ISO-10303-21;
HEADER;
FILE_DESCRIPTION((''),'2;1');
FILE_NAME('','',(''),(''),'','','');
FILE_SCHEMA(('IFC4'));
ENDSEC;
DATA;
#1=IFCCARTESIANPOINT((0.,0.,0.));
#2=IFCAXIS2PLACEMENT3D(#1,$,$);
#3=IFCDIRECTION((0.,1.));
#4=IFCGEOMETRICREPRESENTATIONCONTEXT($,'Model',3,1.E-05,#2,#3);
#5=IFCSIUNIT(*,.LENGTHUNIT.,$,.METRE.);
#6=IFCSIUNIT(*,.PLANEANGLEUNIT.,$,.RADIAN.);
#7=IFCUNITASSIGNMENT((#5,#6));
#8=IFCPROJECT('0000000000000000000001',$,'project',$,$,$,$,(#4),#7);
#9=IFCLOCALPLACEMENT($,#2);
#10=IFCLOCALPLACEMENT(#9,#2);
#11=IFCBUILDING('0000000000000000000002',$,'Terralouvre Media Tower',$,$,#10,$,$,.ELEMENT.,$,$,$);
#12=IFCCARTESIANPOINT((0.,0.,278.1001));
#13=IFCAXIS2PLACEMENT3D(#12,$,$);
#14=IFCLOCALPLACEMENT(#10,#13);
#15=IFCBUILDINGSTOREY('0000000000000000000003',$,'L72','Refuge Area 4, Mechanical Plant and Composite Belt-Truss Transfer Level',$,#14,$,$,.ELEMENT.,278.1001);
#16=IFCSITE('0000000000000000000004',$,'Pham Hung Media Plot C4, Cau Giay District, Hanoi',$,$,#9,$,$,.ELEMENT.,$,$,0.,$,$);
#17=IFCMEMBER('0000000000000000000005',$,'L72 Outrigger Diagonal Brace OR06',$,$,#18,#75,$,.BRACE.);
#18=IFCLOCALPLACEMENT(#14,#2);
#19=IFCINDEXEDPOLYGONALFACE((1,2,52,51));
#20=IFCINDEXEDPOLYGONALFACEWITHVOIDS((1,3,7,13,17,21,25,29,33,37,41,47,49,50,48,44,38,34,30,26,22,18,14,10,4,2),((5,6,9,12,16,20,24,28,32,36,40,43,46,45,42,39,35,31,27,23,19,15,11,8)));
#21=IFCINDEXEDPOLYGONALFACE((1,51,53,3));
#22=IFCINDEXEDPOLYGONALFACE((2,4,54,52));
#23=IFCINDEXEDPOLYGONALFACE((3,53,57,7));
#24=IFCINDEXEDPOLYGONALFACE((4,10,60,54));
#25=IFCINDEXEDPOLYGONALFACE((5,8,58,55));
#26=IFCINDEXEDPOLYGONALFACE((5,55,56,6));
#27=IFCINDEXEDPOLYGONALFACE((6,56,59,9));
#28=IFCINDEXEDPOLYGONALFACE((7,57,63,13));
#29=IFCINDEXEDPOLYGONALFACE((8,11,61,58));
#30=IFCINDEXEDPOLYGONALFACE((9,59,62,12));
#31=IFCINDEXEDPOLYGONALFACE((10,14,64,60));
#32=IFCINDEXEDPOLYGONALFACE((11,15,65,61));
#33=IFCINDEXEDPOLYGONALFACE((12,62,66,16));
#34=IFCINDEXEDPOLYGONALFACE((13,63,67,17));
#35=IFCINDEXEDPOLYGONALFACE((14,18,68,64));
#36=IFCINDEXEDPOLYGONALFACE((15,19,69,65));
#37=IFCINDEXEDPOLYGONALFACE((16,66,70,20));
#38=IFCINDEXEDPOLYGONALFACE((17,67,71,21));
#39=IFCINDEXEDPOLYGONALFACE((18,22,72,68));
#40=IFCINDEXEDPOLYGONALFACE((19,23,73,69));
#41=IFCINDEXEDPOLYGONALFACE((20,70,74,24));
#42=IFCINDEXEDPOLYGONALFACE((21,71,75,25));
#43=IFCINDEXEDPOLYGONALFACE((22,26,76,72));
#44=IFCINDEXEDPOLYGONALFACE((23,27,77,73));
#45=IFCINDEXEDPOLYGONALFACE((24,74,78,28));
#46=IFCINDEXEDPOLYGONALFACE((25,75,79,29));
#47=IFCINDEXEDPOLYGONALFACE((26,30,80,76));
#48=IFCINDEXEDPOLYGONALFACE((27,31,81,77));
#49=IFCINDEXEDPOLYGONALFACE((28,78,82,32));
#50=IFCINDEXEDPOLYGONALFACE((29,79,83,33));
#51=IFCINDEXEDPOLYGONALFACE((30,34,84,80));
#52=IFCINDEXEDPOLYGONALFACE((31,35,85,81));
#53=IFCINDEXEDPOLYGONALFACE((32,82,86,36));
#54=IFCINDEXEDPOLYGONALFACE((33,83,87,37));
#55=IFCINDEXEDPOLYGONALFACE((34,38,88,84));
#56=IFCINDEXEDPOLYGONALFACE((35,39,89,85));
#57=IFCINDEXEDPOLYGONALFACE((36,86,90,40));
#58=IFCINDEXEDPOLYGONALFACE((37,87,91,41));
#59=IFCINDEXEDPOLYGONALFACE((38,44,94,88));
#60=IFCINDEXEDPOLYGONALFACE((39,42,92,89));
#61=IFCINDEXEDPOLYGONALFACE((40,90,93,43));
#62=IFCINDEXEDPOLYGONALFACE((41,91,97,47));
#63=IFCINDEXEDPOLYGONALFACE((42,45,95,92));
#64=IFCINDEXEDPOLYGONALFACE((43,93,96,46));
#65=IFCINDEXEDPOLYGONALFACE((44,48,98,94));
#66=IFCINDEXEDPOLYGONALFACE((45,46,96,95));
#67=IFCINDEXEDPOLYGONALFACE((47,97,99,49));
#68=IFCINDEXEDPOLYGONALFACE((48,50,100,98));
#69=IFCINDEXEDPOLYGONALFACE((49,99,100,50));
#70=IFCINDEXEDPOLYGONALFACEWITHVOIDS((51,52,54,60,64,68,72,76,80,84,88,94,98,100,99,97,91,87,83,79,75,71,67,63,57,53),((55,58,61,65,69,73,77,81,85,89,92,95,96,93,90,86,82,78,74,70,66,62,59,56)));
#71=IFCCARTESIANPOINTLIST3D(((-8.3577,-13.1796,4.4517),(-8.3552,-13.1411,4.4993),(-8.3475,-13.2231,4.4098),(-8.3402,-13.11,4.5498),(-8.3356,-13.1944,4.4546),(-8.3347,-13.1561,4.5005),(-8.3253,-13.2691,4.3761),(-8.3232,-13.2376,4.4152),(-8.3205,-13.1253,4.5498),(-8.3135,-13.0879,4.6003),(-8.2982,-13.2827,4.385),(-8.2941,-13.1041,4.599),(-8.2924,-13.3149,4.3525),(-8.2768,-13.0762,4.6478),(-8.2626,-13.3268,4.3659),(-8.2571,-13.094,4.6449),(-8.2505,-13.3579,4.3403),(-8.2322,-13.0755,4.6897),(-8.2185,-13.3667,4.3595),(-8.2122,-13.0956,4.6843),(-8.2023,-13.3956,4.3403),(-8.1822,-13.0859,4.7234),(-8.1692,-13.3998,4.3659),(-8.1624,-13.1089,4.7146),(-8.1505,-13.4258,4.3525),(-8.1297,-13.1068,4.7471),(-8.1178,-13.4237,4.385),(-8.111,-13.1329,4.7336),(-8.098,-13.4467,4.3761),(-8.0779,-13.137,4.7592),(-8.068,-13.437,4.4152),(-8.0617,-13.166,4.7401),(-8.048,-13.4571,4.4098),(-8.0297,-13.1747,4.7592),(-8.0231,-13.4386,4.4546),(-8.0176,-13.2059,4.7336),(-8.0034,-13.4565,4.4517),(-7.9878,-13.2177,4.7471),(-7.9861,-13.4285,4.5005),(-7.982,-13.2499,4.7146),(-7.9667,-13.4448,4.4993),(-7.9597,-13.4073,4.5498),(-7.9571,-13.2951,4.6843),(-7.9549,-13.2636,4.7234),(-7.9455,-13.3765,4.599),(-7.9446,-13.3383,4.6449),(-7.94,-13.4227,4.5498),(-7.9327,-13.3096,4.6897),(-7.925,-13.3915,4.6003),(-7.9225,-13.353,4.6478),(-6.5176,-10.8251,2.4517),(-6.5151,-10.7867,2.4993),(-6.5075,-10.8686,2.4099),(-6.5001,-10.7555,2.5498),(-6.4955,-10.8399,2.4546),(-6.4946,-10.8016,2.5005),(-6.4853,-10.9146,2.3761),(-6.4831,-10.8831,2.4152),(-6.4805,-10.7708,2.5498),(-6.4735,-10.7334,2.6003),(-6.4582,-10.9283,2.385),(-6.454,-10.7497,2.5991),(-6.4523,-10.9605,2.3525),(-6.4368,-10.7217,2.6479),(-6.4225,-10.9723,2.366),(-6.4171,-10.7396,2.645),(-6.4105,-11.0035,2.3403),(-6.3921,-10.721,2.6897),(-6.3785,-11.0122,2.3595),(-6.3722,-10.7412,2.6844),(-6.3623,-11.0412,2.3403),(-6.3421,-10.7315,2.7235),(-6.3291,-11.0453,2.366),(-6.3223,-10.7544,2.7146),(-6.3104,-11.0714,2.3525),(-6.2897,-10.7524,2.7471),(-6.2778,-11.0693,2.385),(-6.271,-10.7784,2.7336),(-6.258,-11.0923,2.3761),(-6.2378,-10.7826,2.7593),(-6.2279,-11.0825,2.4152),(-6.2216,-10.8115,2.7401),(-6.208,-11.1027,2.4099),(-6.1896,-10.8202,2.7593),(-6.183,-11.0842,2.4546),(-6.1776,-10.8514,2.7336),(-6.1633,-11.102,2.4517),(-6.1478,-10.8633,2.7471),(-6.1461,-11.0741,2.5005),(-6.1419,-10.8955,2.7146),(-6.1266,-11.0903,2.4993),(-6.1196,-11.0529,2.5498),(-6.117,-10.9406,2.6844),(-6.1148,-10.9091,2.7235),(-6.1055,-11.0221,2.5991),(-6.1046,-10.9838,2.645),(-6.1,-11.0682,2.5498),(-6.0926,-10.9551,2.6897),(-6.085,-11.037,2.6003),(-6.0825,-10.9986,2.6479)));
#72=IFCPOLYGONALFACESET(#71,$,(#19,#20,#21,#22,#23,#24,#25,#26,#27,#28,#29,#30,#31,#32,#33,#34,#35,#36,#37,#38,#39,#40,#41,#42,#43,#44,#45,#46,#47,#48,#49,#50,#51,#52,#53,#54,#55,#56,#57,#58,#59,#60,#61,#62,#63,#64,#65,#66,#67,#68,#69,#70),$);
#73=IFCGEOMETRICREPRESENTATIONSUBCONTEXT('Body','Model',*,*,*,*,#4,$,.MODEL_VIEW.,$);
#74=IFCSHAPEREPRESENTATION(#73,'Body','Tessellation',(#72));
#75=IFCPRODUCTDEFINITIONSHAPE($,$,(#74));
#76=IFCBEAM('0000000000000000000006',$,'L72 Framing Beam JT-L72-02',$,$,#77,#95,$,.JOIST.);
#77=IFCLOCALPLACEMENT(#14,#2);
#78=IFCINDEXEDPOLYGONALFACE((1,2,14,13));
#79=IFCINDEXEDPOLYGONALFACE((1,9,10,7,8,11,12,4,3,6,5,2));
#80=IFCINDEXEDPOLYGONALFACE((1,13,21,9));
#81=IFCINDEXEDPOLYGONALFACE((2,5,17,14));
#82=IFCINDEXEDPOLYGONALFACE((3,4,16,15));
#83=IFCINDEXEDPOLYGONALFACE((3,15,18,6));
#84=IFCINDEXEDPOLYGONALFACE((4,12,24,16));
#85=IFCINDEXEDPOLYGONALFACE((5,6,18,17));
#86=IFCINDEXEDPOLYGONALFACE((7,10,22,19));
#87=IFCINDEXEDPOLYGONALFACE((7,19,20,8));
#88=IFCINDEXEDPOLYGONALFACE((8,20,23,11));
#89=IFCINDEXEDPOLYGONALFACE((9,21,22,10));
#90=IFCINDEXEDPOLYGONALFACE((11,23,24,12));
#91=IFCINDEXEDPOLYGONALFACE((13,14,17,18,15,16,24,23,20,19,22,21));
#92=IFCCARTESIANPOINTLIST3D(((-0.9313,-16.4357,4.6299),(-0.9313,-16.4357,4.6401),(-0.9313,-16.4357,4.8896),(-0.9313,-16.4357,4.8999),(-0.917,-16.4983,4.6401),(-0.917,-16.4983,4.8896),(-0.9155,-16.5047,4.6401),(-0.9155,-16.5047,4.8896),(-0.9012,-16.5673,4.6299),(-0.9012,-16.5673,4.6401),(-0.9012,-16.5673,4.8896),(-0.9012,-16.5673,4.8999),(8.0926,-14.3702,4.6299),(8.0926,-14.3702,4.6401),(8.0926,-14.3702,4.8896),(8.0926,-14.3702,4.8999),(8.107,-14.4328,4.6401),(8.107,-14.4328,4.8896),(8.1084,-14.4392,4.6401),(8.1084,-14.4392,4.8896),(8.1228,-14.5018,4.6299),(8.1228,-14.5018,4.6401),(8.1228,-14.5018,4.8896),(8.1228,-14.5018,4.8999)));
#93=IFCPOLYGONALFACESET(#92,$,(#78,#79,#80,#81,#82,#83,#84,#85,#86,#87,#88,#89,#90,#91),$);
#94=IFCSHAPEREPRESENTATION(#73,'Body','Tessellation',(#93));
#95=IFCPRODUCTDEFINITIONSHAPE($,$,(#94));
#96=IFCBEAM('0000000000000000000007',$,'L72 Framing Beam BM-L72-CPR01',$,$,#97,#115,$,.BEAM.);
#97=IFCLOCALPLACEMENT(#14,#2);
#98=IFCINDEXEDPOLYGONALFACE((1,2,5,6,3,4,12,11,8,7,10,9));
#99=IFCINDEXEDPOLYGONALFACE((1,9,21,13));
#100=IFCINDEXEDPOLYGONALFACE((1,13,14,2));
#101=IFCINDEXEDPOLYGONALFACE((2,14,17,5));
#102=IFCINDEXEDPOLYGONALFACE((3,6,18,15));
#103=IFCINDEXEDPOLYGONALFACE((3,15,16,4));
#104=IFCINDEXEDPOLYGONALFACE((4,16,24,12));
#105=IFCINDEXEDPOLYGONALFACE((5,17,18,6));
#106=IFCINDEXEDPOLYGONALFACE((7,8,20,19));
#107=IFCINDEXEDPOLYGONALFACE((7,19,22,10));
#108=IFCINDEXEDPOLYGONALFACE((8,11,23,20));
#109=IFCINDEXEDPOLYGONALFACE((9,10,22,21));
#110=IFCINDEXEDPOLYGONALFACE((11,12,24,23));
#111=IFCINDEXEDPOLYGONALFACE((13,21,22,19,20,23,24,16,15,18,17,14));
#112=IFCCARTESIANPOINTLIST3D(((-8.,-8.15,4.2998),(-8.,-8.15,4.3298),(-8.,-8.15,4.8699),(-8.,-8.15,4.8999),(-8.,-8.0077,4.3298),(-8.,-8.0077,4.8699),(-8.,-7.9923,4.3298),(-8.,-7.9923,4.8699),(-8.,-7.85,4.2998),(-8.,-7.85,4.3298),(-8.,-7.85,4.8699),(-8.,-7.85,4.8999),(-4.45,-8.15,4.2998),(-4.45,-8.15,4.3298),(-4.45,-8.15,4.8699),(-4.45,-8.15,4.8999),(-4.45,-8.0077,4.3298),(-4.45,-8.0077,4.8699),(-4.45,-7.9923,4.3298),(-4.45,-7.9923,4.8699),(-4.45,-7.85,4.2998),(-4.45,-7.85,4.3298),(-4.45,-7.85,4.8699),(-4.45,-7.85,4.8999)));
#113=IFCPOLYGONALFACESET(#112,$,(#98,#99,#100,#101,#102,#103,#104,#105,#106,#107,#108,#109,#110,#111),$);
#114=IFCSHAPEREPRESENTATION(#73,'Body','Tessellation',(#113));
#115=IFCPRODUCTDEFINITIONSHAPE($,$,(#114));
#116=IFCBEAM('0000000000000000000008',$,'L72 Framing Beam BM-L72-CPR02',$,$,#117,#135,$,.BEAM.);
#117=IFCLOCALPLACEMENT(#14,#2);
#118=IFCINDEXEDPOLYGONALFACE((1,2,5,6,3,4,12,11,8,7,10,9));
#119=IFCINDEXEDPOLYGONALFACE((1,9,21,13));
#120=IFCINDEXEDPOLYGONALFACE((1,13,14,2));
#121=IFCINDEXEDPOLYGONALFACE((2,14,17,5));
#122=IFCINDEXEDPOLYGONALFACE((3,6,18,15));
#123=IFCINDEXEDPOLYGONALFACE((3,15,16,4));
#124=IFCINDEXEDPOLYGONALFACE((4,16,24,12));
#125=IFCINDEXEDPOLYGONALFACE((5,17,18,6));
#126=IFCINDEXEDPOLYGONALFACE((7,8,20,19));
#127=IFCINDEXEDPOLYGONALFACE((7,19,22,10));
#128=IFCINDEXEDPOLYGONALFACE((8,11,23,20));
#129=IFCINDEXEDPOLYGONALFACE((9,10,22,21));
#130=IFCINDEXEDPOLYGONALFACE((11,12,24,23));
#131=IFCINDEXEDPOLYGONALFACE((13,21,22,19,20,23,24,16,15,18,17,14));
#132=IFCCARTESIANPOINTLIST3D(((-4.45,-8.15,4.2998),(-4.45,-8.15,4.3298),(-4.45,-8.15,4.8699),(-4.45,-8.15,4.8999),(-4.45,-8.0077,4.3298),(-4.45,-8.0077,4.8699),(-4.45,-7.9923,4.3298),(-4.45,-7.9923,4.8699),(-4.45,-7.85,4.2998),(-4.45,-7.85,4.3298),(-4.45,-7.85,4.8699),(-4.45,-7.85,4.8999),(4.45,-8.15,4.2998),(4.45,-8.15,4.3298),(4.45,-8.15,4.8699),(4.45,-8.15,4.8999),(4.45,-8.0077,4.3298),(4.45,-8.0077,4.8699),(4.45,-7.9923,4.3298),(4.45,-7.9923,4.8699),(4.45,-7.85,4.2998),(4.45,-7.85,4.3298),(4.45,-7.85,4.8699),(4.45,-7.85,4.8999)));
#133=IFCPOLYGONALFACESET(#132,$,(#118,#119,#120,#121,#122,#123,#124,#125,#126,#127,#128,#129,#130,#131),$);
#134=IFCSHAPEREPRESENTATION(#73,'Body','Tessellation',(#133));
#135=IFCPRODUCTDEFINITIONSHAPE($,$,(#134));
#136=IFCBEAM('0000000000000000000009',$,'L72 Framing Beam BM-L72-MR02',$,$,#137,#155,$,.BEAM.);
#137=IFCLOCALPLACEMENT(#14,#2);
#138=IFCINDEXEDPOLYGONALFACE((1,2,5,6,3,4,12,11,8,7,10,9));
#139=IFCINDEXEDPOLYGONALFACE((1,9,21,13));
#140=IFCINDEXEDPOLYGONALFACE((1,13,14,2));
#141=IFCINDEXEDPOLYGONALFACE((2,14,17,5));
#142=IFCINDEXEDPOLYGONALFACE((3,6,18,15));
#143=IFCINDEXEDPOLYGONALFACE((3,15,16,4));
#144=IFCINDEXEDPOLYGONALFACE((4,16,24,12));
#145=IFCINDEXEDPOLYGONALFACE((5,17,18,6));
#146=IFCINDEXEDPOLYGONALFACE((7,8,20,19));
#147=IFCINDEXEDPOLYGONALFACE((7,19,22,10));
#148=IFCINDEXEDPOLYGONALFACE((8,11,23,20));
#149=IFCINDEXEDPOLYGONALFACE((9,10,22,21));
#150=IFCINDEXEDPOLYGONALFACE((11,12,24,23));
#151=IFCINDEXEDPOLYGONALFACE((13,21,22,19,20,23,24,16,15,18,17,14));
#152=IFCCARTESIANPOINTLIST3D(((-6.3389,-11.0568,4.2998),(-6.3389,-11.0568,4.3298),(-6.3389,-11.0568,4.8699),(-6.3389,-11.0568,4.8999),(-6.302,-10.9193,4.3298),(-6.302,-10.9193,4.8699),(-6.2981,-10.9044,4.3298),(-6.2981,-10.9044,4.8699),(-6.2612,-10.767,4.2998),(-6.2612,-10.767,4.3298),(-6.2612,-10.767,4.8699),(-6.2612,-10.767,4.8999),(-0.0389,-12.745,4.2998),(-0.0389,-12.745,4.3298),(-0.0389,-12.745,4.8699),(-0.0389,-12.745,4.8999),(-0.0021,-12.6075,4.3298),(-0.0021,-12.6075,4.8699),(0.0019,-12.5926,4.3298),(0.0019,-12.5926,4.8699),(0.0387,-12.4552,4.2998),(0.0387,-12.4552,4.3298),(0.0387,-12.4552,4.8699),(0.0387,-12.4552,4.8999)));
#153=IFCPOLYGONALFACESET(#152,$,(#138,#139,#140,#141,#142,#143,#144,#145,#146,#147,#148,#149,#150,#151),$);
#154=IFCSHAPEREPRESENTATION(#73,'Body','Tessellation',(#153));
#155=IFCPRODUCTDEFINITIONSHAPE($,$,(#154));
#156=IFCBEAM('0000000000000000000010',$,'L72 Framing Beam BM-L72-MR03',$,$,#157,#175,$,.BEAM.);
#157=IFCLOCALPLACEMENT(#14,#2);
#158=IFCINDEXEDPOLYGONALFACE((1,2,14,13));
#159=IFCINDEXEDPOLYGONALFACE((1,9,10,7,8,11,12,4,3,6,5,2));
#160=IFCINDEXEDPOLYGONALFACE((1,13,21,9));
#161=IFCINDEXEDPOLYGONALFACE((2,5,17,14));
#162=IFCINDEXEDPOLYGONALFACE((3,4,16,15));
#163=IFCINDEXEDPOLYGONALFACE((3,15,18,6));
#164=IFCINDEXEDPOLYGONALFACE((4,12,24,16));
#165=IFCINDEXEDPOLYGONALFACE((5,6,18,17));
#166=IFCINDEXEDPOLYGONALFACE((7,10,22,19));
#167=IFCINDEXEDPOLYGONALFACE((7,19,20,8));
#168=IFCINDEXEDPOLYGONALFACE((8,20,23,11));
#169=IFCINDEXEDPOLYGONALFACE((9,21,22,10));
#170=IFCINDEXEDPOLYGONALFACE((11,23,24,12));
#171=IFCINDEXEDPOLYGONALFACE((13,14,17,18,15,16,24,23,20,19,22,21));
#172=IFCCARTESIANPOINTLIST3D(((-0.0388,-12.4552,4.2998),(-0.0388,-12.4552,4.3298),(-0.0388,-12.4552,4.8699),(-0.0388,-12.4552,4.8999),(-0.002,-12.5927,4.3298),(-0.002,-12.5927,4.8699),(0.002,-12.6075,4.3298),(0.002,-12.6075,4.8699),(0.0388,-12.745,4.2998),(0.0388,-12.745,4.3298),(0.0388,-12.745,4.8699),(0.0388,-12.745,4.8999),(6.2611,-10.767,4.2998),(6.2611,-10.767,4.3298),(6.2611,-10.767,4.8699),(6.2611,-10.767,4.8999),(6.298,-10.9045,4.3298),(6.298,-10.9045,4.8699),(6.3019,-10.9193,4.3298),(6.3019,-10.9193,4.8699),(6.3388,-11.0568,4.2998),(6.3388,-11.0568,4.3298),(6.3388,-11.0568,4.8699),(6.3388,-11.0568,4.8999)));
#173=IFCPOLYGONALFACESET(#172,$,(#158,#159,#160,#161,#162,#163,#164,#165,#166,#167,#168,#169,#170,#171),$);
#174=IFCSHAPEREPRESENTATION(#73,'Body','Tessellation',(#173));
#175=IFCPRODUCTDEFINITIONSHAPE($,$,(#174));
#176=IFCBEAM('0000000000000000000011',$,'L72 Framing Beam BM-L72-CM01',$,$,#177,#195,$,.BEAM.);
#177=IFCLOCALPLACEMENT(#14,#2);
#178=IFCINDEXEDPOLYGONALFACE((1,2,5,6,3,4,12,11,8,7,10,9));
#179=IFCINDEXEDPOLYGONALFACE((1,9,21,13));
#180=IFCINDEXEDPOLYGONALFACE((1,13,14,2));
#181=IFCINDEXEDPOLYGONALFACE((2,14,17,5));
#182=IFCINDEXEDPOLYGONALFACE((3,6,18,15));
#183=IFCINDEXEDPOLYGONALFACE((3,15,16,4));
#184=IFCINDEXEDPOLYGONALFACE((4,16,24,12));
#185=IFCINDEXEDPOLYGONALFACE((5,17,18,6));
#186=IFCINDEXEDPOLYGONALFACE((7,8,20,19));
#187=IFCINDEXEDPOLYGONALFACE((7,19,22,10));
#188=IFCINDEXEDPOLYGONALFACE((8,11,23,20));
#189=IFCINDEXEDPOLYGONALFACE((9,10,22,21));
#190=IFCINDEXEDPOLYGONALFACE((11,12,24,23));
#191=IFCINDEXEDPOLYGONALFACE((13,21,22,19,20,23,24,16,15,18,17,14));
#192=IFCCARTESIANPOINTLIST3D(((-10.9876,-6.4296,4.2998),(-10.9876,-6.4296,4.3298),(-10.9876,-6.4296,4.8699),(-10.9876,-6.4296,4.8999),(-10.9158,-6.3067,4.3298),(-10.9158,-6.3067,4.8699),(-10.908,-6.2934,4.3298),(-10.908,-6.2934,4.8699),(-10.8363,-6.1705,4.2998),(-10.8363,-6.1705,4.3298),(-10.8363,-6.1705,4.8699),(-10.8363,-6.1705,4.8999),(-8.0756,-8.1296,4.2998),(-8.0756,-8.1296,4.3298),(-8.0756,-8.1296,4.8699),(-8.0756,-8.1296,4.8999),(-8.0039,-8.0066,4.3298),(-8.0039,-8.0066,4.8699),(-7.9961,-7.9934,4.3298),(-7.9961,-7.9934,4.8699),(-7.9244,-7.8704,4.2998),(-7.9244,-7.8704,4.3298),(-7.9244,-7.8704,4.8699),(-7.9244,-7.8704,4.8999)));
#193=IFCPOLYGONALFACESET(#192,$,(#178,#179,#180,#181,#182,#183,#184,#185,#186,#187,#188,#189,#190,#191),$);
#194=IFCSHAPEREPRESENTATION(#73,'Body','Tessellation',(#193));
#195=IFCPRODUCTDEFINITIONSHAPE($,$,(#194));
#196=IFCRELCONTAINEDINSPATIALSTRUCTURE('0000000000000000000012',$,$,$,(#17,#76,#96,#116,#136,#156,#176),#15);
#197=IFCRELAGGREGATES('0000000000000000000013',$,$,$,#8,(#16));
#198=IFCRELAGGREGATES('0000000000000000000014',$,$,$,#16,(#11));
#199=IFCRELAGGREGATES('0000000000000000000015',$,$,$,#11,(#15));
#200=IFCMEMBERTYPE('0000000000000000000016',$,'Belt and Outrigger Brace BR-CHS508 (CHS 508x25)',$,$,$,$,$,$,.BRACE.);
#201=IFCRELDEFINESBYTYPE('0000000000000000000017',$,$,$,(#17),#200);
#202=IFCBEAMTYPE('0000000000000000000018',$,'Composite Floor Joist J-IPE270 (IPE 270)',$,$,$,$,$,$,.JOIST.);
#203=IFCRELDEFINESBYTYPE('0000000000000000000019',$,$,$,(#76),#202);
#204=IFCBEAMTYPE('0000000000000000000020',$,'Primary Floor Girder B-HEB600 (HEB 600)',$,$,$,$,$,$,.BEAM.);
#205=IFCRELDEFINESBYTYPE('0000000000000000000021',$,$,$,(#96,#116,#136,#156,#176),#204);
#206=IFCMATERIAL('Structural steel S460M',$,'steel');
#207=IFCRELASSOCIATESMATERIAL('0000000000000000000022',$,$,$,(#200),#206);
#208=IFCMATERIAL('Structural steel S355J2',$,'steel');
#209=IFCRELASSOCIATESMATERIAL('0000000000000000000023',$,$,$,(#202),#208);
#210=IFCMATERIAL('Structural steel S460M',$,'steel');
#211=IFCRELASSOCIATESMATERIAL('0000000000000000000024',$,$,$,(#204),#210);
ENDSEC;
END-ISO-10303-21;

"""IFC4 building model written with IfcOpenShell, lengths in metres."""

from ifc_helpers import new_model, si_unit, direction, frame, origin, origin_2d, place, context, subcontext, project, spatial, hollow_circle, i_section, extrude, material, material_profile, profile_set, type_object, element, save


model = new_model("IFC4")

# Units and contexts
model_context = context("Model", 3, precision=1e-05, world=origin(), true_north=direction((0.0, 1.0)))
body_context = subcontext(model_context, "Body", "Model", "MODEL_VIEW")
ifc_project = project(units=[si_unit("LENGTHUNIT", "METRE"), si_unit("PLANEANGLEUNIT", "RADIAN")], contexts=[model_context])

# Site, building, storey
site_placement = place(None, origin())
site = spatial("IfcSite", under=ifc_project, at=site_placement, Name="Pham Hung Media Plot C4, Cau Giay District, Hanoi", CompositionType="ELEMENT", RefElevation=0.0)
building_placement = place(site_placement, origin())
building = spatial("IfcBuilding", under=site, at=building_placement, Name="Terralouvre Media Tower", CompositionType="ELEMENT")
storey_placement = place(building_placement, frame((0.0, 0.0, 278.1001)))
storey = spatial("IfcBuildingStorey", under=building, at=storey_placement, Name="L72", Description="Refuge Area 4, Mechanical Plant and Composite Belt-Truss Transfer Level", CompositionType="ELEMENT", Elevation=278.1001)

# Member
ifc_material_1 = material(Name="Structural steel S460M", Category="steel")
ifc_material_profile_1 = material_profile(ifc_material_1, hollow_circle(Radius=0.2539, WallThickness=0.0249, at=origin_2d()), Name="CHS 508x25")
ifc_profile_set_1 = profile_set([ifc_material_profile_1], Name="Structural steel S460M")
member_type = type_object("IfcMemberType", Name="Belt and Outrigger Brace BR-CHS508 (CHS 508x25)", PredefinedType="BRACE", material=ifc_profile_set_1)
member_placement = place(storey_placement, frame((-6.3, -10.9119, 2.5498), z_axis=(-0.511737, -0.654795, 0.556209), x_axis=(0.78792, -0.615777, 0.0)))
element("IfcMember", 1, at=member_placement, inside=storey, type_object=member_type, Name="L72 Outrigger Diagonal Brace OR06", PredefinedType="BRACE", context=body_context, shape_type="SweptSolid", body=[
    extrude(hollow_circle(Radius=0.2539, WallThickness=0.0249, at=origin_2d()), origin(), (0.0, 0.0, 1.0), 3.5957),
])

# Beams
ifc_material_2 = material(Name="Structural steel S355J2", Category="steel")
ifc_material_profile_2 = material_profile(ifc_material_2, i_section(OverallWidth=0.135, OverallDepth=0.27, WebThickness=0.0066, FlangeThickness=0.0103, at=origin_2d()), Name="IPE 270")
ifc_profile_set_2 = profile_set([ifc_material_profile_2], Name="Structural steel S355J2")
beam_type_1 = type_object("IfcBeamType", Name="Composite Floor Joist J-IPE270 (IPE 270)", PredefinedType="JOIST", material=ifc_profile_set_2)
beam_1_placement = place(storey_placement, frame((-0.9163, -16.5015, 4.7649), z_axis=(0.974792, 0.223114, 0.0), x_axis=(-0.223114, 0.974792, 0.0)))
element("IfcBeam", 2, at=beam_1_placement, inside=storey, type_object=beam_type_1, Name="L72 Framing Beam JT-L72-02", PredefinedType="JOIST", context=body_context, shape_type="SweptSolid", body=[
    extrude(i_section(OverallWidth=0.135, OverallDepth=0.27, WebThickness=0.0066, FlangeThickness=0.0103, at=origin_2d()), origin(), (0.0, 0.0, 1.0), 9.2573),
])
ifc_material_3 = material(Name="Structural steel S460M", Category="steel")
ifc_material_profile_3 = material_profile(ifc_material_3, i_section(OverallWidth=0.3, OverallDepth=0.6001, WebThickness=0.0154, FlangeThickness=0.03, at=origin_2d()), Name="HEB 600")
ifc_profile_set_3 = profile_set([ifc_material_profile_3], Name="Structural steel S460M")
beam_type_2 = type_object("IfcBeamType", Name="Primary Floor Girder B-HEB600 (HEB 600)", PredefinedType="BEAM", material=ifc_profile_set_3)
beam_2_placement = place(storey_placement, frame((-8.0, -8.0, 4.5999), z_axis=(1.0, 0.0, 0.0), x_axis=(0.0, 1.0, 0.0)))
element("IfcBeam", 3, at=beam_2_placement, inside=storey, type_object=beam_type_2, Name="L72 Framing Beam BM-L72-CPR01", PredefinedType="BEAM", context=body_context, shape_type="SweptSolid", body=[
    extrude(i_section(OverallWidth=0.3, OverallDepth=0.6001, WebThickness=0.0154, FlangeThickness=0.03, at=origin_2d()), origin(), (0.0, 0.0, 1.0), 3.55),
])
beam_3_placement = place(storey_placement, frame((-4.45, -8.0, 4.5999), z_axis=(1.0, 0.0, 0.0), x_axis=(0.0, 1.0, 0.0)))
element("IfcBeam", 4, at=beam_3_placement, inside=storey, type_object=beam_type_2, Name="L72 Framing Beam BM-L72-CPR02", PredefinedType="BEAM", context=body_context, shape_type="SweptSolid", body=[
    extrude(i_section(OverallWidth=0.3, OverallDepth=0.6001, WebThickness=0.0154, FlangeThickness=0.03, at=origin_2d()), origin(), (0.0, 0.0, 1.0), 8.8999),
])
for number, where, z_axis, x_axis, name in (
    (5, (-6.3, -10.9119, 4.5999), (0.96592, -0.258839, 0.0), (0.258839, 0.96592, 0.0), "L72 Framing Beam BM-L72-MR02"),
    (6, (0.0, -12.6001, 4.5999), (0.96592, 0.258839, 0.0), (-0.258839, 0.96592, 0.0), "L72 Framing Beam BM-L72-MR03"),
):
    element("IfcBeam", number, at=place(storey_placement, frame(where, z_axis=z_axis, x_axis=x_axis)), inside=storey, type_object=beam_type_2, Name=name, PredefinedType="BEAM", context=body_context, shape_type="SweptSolid", body=[
        extrude(i_section(OverallWidth=0.3, OverallDepth=0.6001, WebThickness=0.0154, FlangeThickness=0.03, at=origin_2d()), origin(), (0.0, 0.0, 1.0), 6.5222),
    ])
for number, where, z_axis, x_axis, name in (
    (7, (-8.0, -8.0, 4.5999), (-0.863603, 0.504173, 0.0), (-0.504173, -0.863603, 0.0), "L72 Framing Beam BM-L72-CM01"),
):
    element("IfcBeam", number, at=place(storey_placement, frame(where, z_axis=z_axis, x_axis=x_axis)), inside=storey, type_object=beam_type_2, Name=name, PredefinedType="BEAM", context=body_context, shape_type="SweptSolid", body=[
        extrude(i_section(OverallWidth=0.3, OverallDepth=0.6001, WebThickness=0.0154, FlangeThickness=0.03, at=origin_2d()), origin(), (0.0, 0.0, 1.0), 3.3718),
    ])

save(model, "model.ifc")
